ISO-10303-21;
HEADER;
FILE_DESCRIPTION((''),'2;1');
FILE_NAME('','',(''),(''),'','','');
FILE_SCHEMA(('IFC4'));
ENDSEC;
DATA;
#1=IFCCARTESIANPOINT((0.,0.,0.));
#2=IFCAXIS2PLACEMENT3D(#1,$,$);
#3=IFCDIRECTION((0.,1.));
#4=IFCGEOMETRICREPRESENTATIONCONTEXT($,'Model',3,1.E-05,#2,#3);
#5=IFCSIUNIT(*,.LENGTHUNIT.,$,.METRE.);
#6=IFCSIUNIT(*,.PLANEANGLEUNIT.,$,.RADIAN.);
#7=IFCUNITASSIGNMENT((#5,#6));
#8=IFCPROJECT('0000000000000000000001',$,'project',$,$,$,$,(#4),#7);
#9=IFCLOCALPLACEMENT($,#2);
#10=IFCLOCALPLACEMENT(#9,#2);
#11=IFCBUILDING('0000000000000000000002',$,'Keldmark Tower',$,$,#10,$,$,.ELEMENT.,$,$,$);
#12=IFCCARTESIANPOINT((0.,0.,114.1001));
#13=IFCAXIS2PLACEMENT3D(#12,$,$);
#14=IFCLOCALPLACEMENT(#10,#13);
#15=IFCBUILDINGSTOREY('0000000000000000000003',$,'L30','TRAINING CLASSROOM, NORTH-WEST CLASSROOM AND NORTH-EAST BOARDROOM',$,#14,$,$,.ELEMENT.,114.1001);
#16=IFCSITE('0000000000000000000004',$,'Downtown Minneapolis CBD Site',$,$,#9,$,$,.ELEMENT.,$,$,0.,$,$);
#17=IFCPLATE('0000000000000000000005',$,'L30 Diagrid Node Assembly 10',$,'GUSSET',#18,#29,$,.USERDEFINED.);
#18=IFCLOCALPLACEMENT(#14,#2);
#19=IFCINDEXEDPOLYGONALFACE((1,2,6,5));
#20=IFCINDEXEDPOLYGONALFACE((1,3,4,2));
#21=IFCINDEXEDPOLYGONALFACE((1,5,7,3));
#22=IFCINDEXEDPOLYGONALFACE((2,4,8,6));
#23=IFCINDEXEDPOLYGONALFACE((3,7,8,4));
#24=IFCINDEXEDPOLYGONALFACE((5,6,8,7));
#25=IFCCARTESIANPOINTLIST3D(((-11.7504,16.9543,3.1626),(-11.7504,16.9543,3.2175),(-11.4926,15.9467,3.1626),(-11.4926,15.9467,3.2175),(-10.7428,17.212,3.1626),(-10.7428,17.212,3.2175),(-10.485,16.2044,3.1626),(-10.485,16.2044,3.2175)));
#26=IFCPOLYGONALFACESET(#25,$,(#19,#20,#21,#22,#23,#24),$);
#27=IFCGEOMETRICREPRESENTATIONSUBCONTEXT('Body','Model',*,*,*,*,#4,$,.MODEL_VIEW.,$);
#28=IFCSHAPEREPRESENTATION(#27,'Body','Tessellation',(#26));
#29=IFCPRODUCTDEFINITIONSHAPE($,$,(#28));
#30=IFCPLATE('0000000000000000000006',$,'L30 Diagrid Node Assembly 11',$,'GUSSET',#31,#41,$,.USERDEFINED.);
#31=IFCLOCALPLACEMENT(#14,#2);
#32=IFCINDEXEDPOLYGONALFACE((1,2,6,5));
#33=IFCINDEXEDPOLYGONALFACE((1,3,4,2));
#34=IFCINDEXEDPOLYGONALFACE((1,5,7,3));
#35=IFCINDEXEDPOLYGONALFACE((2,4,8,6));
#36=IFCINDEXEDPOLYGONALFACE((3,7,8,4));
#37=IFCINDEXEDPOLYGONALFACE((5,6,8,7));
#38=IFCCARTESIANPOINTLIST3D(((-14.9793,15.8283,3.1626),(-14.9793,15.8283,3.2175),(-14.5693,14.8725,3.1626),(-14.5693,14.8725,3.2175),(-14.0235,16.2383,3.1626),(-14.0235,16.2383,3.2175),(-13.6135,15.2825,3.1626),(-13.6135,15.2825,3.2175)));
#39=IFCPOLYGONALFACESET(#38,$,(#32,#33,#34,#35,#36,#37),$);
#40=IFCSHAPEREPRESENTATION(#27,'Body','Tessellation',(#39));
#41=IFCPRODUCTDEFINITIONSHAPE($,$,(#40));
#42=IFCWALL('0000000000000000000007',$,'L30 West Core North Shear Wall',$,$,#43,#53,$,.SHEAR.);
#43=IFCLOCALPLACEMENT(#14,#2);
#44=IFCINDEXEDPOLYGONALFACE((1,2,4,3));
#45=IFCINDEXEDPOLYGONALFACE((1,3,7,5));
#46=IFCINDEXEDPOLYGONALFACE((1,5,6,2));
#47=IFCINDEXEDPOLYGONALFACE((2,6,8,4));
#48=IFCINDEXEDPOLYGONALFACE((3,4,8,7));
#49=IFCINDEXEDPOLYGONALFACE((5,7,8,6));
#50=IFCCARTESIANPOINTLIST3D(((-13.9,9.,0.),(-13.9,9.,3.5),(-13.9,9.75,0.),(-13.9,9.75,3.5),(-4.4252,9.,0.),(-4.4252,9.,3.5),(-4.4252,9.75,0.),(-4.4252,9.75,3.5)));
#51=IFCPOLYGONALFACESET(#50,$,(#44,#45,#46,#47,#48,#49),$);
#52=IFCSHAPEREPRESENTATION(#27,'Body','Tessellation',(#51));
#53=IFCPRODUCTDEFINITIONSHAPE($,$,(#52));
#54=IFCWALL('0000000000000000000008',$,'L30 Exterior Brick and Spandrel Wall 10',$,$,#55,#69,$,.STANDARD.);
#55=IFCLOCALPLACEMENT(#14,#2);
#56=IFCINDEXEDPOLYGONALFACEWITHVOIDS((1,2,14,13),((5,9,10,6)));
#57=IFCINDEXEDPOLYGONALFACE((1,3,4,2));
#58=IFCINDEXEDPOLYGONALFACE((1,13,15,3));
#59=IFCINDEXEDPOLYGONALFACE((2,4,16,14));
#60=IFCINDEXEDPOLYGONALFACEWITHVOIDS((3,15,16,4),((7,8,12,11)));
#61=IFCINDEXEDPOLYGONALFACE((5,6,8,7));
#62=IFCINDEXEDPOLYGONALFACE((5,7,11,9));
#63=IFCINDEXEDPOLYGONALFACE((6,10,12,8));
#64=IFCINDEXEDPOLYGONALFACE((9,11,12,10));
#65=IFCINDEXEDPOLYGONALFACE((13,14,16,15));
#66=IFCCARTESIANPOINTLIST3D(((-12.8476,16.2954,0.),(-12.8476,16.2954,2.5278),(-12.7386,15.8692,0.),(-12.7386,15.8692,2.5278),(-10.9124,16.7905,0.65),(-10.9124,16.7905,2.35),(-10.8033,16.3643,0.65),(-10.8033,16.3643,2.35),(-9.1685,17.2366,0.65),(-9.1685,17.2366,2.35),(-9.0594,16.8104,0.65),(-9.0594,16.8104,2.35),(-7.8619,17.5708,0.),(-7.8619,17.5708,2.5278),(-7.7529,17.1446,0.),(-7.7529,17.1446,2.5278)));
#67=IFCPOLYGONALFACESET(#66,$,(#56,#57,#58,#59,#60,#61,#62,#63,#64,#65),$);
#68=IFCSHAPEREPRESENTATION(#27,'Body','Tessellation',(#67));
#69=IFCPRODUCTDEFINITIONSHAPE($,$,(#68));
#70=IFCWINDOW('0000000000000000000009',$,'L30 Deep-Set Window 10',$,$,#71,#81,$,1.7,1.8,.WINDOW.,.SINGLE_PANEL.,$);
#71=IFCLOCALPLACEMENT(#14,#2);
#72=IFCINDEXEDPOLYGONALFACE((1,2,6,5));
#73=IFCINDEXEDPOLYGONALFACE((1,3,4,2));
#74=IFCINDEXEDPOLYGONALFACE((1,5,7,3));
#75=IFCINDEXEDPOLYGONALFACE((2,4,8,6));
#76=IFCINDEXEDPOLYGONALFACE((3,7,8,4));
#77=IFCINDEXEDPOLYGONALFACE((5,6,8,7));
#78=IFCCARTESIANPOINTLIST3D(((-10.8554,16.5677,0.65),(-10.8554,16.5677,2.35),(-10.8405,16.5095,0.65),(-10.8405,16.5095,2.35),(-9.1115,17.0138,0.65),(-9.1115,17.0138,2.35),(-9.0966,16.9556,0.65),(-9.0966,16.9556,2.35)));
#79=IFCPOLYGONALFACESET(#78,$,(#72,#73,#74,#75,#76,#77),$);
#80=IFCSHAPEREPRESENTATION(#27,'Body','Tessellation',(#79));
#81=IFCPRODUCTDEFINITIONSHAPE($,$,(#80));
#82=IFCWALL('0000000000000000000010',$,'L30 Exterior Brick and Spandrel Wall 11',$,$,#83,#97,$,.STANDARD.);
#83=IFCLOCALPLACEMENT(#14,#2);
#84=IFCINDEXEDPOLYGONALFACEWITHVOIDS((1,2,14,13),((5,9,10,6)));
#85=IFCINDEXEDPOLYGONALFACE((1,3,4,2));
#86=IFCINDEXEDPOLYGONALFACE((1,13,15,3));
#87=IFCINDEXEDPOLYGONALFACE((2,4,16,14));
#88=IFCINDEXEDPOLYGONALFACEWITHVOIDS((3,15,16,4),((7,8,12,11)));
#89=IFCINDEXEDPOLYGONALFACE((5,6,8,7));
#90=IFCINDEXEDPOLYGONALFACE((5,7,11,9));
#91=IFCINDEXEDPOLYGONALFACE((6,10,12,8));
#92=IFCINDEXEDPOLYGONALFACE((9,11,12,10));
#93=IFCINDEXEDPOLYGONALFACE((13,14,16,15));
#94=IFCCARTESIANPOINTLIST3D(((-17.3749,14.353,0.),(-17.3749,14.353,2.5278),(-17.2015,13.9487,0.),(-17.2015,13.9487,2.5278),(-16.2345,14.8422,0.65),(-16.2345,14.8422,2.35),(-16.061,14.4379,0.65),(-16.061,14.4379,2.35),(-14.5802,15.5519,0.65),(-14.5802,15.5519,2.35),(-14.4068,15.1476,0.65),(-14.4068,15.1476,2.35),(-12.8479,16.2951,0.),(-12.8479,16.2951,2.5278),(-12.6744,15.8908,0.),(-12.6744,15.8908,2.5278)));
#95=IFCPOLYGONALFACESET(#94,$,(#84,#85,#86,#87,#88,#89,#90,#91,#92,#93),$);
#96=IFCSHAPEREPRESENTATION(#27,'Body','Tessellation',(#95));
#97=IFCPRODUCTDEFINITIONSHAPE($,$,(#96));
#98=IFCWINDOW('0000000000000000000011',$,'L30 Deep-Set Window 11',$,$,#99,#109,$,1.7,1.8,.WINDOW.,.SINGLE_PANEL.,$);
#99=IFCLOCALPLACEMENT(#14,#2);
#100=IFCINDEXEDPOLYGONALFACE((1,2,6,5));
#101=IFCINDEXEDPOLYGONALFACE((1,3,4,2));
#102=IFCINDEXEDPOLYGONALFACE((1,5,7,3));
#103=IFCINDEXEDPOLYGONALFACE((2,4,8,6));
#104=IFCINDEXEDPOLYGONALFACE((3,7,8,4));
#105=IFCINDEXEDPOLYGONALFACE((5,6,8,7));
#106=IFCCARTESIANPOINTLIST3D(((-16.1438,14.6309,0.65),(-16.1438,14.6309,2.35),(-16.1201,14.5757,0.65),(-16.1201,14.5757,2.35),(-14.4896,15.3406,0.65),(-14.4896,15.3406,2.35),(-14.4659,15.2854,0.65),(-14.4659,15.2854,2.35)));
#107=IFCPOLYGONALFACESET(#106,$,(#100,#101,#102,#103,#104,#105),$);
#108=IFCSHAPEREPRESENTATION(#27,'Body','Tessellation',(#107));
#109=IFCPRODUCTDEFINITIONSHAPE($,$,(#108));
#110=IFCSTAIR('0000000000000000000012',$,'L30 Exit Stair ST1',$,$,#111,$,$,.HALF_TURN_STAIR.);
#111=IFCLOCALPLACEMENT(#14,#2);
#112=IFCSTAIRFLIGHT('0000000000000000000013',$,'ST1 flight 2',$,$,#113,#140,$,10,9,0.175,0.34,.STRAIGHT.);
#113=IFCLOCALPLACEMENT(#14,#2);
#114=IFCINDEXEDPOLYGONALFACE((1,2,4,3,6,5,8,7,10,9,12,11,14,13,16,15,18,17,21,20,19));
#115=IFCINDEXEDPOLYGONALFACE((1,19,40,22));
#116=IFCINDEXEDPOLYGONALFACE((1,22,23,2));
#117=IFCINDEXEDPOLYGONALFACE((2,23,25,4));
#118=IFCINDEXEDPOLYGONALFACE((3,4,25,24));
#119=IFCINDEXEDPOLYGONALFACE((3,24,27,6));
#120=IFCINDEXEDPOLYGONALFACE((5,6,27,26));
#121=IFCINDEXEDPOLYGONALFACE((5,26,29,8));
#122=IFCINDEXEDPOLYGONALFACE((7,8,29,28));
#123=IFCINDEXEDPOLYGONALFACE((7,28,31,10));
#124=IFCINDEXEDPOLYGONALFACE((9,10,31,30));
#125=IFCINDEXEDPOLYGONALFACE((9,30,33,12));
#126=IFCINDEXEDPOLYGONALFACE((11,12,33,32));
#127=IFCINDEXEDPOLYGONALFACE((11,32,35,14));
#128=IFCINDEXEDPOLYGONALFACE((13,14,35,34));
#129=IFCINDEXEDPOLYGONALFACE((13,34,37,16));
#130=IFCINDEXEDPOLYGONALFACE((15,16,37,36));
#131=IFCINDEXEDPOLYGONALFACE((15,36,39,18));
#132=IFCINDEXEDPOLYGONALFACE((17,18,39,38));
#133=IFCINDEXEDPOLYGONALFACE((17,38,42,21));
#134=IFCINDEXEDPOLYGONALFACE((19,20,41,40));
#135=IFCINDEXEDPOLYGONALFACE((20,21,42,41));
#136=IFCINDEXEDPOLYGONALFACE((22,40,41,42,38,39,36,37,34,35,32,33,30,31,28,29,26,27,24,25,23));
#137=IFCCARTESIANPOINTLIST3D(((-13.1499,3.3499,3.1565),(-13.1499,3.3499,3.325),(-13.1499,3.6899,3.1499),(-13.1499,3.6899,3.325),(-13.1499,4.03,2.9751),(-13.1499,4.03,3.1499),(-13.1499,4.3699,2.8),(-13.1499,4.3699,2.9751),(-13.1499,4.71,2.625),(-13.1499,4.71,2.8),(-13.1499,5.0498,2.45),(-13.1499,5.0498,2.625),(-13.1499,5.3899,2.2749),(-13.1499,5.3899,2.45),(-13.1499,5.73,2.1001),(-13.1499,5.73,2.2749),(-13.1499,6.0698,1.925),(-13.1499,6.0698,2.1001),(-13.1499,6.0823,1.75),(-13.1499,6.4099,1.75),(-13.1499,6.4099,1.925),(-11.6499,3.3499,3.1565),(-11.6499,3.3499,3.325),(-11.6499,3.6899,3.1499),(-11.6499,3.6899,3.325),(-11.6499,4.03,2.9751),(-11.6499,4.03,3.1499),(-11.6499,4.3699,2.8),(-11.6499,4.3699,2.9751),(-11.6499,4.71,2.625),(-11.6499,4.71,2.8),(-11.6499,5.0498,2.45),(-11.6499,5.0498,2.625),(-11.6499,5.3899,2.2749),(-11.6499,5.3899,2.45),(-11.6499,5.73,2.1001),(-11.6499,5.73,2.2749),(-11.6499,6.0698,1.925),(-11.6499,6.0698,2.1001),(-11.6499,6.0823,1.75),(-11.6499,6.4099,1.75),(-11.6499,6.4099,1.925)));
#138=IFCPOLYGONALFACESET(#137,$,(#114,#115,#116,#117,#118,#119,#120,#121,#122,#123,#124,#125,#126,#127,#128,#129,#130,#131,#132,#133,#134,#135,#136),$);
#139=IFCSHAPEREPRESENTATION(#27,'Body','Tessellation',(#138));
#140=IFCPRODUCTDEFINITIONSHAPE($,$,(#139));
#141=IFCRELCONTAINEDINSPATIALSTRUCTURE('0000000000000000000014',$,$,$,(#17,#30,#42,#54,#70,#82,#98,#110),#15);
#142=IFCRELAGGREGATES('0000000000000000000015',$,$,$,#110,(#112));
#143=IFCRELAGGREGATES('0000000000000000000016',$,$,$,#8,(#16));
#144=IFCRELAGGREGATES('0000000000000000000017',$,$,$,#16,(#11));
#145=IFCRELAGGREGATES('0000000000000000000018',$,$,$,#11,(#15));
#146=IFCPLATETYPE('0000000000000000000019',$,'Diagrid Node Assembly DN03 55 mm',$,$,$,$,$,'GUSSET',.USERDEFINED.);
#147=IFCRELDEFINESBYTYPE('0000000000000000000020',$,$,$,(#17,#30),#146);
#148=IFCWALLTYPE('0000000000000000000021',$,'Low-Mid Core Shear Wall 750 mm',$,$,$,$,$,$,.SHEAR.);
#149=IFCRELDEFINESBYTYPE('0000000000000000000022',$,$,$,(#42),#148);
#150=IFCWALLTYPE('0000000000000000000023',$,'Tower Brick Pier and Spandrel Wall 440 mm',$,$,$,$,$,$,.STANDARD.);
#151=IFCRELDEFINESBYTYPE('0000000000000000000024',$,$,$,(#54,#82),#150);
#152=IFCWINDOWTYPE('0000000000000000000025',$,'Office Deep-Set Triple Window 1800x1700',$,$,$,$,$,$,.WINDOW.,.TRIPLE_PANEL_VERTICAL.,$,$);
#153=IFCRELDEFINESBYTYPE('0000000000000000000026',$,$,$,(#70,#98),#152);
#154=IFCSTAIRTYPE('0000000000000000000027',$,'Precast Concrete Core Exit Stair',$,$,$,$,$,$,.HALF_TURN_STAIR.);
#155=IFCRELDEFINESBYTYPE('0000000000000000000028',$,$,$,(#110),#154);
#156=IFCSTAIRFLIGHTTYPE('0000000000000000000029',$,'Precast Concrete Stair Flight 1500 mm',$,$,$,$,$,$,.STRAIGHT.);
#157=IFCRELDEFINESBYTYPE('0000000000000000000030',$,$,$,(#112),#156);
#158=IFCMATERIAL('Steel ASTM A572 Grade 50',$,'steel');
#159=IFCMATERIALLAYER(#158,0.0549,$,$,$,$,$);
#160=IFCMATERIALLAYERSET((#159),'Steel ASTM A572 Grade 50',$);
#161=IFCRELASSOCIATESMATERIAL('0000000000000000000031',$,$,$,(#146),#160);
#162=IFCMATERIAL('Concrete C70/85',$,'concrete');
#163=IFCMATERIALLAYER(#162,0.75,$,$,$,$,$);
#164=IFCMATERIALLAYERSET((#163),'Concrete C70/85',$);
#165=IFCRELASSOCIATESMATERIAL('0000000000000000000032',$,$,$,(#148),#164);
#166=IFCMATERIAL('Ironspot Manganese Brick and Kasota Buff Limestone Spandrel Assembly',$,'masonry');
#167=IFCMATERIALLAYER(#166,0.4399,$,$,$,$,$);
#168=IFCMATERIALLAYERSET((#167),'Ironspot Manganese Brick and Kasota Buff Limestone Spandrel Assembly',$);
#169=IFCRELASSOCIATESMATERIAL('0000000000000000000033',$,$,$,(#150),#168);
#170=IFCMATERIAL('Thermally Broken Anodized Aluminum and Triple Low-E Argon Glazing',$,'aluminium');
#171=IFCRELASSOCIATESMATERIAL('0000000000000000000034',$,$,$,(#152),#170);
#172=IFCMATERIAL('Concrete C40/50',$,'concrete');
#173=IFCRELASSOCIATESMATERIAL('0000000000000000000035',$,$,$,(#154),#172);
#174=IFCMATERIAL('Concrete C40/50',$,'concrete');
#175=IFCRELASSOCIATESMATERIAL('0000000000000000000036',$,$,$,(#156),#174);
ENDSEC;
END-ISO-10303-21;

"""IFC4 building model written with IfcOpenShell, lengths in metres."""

from ifc_helpers import new_model, si_unit, direction, frame, frame_2d, origin, origin_2d, place, context, subcontext, project, spatial, polyline, rectangle, outline, extrude, material, layer, layer_set, type_object, element, fill, aggregate, save


model = new_model("IFC4")

# Units and contexts
model_context = context("Model", 3, precision=1e-05, world=origin(), true_north=direction((0.0, 1.0)))
body_context = subcontext(model_context, "Body", "Model", "MODEL_VIEW")
ifc_project = project(units=[si_unit("LENGTHUNIT", "METRE"), si_unit("PLANEANGLEUNIT", "RADIAN")], contexts=[model_context])

# Site, building, storey
site_placement = place(None, origin())
site = spatial("IfcSite", under=ifc_project, at=site_placement, Name="Downtown Minneapolis CBD Site", CompositionType="ELEMENT", RefElevation=0.0)
building_placement = place(site_placement, origin())
building = spatial("IfcBuilding", under=site, at=building_placement, Name="Keldmark Tower", CompositionType="ELEMENT")
storey_placement = place(building_placement, frame((0.0, 0.0, 114.1001)))
storey = spatial("IfcBuildingStorey", under=building, at=storey_placement, Name="L30", Description="TRAINING CLASSROOM, NORTH-WEST CLASSROOM AND NORTH-EAST BOARDROOM", CompositionType="ELEMENT", Elevation=114.1001)

# Plates
ifc_material_1 = material(Name="Steel ASTM A572 Grade 50", Category="steel")
ifc_layer_1 = layer(ifc_material_1, 0.0549)
ifc_layer_set_1 = layer_set([ifc_layer_1], Name="Steel ASTM A572 Grade 50")
plate_type_1 = type_object("IfcPlateType", Name="Diagrid Node Assembly DN03 55 mm", ElementType="GUSSET", PredefinedType="USERDEFINED", material=ifc_layer_set_1)
for number, where, z_axis, x_axis, name in (
    (1, (-11.1177, 16.5793, 3.1626), (0.0, 0.0, 1.0), (-0.9688, -0.247845, 0.0), "L30 Diagrid Node Assembly 10"),
    (2, (-14.2964, 15.5554, 3.1626), (0.0, 0.0, 1.0), (-0.918998, -0.394263, 0.0), "L30 Diagrid Node Assembly 11"),
):
    element("IfcPlate", number, at=place(storey_placement, frame(where, z_axis=z_axis, x_axis=x_axis)), inside=storey, type_object=plate_type_1, Name=name, ObjectType="GUSSET", PredefinedType="USERDEFINED", context=body_context, shape_type="SweptSolid", body=[
        extrude(rectangle(XDim=1.04, YDim=1.04, at=origin_2d()), origin(), (0.0, 0.0, 1.0), 0.0549),
    ])

# Wall
ifc_material_2 = material(Name="Concrete C70/85", Category="concrete")
ifc_layer_2 = layer(ifc_material_2, 0.75)
ifc_layer_set_2 = layer_set([ifc_layer_2], Name="Concrete C70/85")
wall_type_1 = type_object("IfcWallType", Name="Low-Mid Core Shear Wall 750 mm", PredefinedType="SHEAR", material=ifc_layer_set_2)
wall_1_placement = place(storey_placement, frame((-13.8999, 9.375, 0.0), z_axis=(0.0, 0.0, 1.0), x_axis=(1.0, 0.0, 0.0)))
element("IfcWall", 3, at=wall_1_placement, inside=storey, type_object=wall_type_1, Name="L30 West Core North Shear Wall", PredefinedType="SHEAR", context=body_context, shape_type="SweptSolid", body=[
    extrude(rectangle(XDim=9.4749, YDim=0.75, at=frame_2d((4.7373, 0.0))), origin(), (0.0, 0.0, 1.0), 3.5),
])

# Walls, openings, windows
ifc_material_3 = material(Name="Ironspot Manganese Brick and Kasota Buff Limestone Spandrel Assembly", Category="masonry")
ifc_layer_3 = layer(ifc_material_3, 0.4399)
ifc_layer_set_3 = layer_set([ifc_layer_3], Name="Ironspot Manganese Brick and Kasota Buff Limestone Spandrel Assembly")
wall_type_2 = type_object("IfcWallType", Name="Tower Brick Pier and Spandrel Wall 440 mm", PredefinedType="STANDARD", material=ifc_layer_set_3)
wall_2_placement = place(storey_placement, frame((-12.7932, 16.0823, 0.0), z_axis=(0.0, 0.0, 1.0), x_axis=(0.968802, 0.247834, 0.0)))
wall_2 = element("IfcWall", 4, at=wall_2_placement, inside=storey, type_object=wall_type_2, Name="L30 Exterior Brick and Spandrel Wall 10", PredefinedType="STANDARD", context=body_context, shape_type="SweptSolid", body=[
    extrude(rectangle(XDim=5.1462, YDim=0.4399, at=frame_2d((2.5732, 0.0))), origin(), (0.0, 0.0, 1.0), 2.5278),
])
opening_1_placement = place(wall_2_placement, frame((1.9978, 0.0, 0.6499)))
opening_1 = element("IfcOpeningElement", 5, at=opening_1_placement, cuts=wall_2, PredefinedType="OPENING", context=body_context, shape_type="SweptSolid", body=[
    extrude(rectangle(XDim=1.8, YDim=1.7, at=frame_2d((0.8999, 0.8501))), frame((0.0, 0.23, 0.0), z_axis=(0.0, -1.0, 0.0), x_axis=(1.0, 0.0, 0.0)), (0.0, 0.0, 1.0), 0.46),
])
ifc_material_4 = material(Name="Thermally Broken Anodized Aluminum and Triple Low-E Argon Glazing", Category="aluminium")
window_type = type_object("IfcWindowType", Name="Office Deep-Set Triple Window 1800x1700", PartitioningType="TRIPLE_PANEL_VERTICAL", PredefinedType="WINDOW", material=ifc_material_4)
window_1_placement = place(opening_1_placement, origin())
window_1 = element("IfcWindow", 6, at=window_1_placement, inside=storey, type_object=window_type, Name="L30 Deep-Set Window 10", OverallHeight=1.7, OverallWidth=1.8, PartitioningType="SINGLE_PANEL", PredefinedType="WINDOW", context=body_context, shape_type="SweptSolid", body=[
    extrude(rectangle(XDim=1.8, YDim=1.7, at=frame_2d((0.8999, 0.8501))), frame((0.0, -0.01, 0.0), z_axis=(0.0, -1.0, 0.0), x_axis=(1.0, 0.0, 0.0)), (0.0, 0.0, 1.0), 0.0601),
])
fill(opening_1, window_1)
wall_3_placement = place(storey_placement, frame((-17.2881, 14.1509, 0.0), z_axis=(0.0, 0.0, 1.0), x_axis=(0.919001, 0.394254, 0.0)))
wall_3 = element("IfcWall", 7, at=wall_3_placement, inside=storey, type_object=wall_type_2, Name="L30 Exterior Brick and Spandrel Wall 11", PredefinedType="STANDARD", context=body_context, shape_type="SweptSolid", body=[
    extrude(rectangle(XDim=4.926, YDim=0.4399, at=frame_2d((2.4629, 0.0))), origin(), (0.0, 0.0, 1.0), 2.5278),
])
opening_2_placement = place(wall_3_placement, frame((1.241, 0.0, 0.6499)))
opening_2 = element("IfcOpeningElement", 8, at=opening_2_placement, cuts=wall_3, PredefinedType="OPENING", context=body_context, shape_type="SweptSolid", body=[
    extrude(rectangle(XDim=1.8, YDim=1.7, at=frame_2d((0.8999, 0.8501))), frame((0.0, 0.23, 0.0), z_axis=(0.0, -1.0, 0.0), x_axis=(1.0, 0.0, 0.0)), (0.0, 0.0, 1.0), 0.46),
])
window_2_placement = place(opening_2_placement, origin())
window_2 = element("IfcWindow", 9, at=window_2_placement, inside=storey, type_object=window_type, Name="L30 Deep-Set Window 11", OverallHeight=1.7, OverallWidth=1.8, PartitioningType="SINGLE_PANEL", PredefinedType="WINDOW", context=body_context, shape_type="SweptSolid", body=[
    extrude(rectangle(XDim=1.8, YDim=1.7, at=frame_2d((0.8999, 0.8501))), frame((0.0, -0.01, 0.0), z_axis=(0.0, -1.0, 0.0), x_axis=(1.0, 0.0, 0.0)), (0.0, 0.0, 1.0), 0.0601),
])
fill(opening_2, window_2)

# Stair, stair flight
ifc_material_5 = material(Name="Concrete C40/50", Category="concrete")
stair_type = type_object("IfcStairType", Name="Precast Concrete Core Exit Stair", PredefinedType="HALF_TURN_STAIR", material=ifc_material_5)
stair_placement = place(storey_placement, origin())
stair = element("IfcStair", 10, at=stair_placement, inside=storey, type_object=stair_type, Name="L30 Exit Stair ST1", PredefinedType="HALF_TURN_STAIR")
ifc_material_6 = material(Name="Concrete C40/50", Category="concrete")
stair_flight_type = type_object("IfcStairFlightType", Name="Precast Concrete Stair Flight 1500 mm", PredefinedType="STRAIGHT", material=ifc_material_6)
stair_flight_placement = place(storey_placement, frame((-12.3999, 6.4099, 1.75), z_axis=(0.0, 0.0, 1.0), x_axis=(0.0, -1.0, 0.0)))
stair_flight = element("IfcStairFlight", 11, at=stair_flight_placement, type_object=stair_flight_type, Name="ST1 flight 2", NumberOfRisers=10, NumberOfTreads=9, PredefinedType="STRAIGHT", RiserHeight=0.175, TreadLength=0.34, context=body_context, shape_type="SweptSolid", body=[
    extrude(outline(polyline([(0.0, 0.0), (0.0, 0.175), (0.3401, 0.175), (0.3401, 0.3501), (0.6799, 0.3501), (0.6799, 0.5249), (1.02, 0.5249), (1.02, 0.7), (1.3601, 0.7), (1.3601, 0.875), (1.7, 0.875), (1.7, 1.05), (2.04, 1.05), (2.04, 1.2251), (2.3799, 1.2251), (2.3799, 1.3999), (2.72, 1.3999), (2.72, 1.575), (3.0601, 1.575), (3.0601, 1.75), (3.0601, 1.4065), (0.3276, 0.0), (0.0, 0.0)])), frame((0.0, 0.75, 0.0), z_axis=(0.0, -1.0, 0.0), x_axis=(1.0, 0.0, 0.0)), (0.0, 0.0, 1.0), 1.5),
])
aggregate(stair, [stair_flight])

save(model, "model.ifc")
